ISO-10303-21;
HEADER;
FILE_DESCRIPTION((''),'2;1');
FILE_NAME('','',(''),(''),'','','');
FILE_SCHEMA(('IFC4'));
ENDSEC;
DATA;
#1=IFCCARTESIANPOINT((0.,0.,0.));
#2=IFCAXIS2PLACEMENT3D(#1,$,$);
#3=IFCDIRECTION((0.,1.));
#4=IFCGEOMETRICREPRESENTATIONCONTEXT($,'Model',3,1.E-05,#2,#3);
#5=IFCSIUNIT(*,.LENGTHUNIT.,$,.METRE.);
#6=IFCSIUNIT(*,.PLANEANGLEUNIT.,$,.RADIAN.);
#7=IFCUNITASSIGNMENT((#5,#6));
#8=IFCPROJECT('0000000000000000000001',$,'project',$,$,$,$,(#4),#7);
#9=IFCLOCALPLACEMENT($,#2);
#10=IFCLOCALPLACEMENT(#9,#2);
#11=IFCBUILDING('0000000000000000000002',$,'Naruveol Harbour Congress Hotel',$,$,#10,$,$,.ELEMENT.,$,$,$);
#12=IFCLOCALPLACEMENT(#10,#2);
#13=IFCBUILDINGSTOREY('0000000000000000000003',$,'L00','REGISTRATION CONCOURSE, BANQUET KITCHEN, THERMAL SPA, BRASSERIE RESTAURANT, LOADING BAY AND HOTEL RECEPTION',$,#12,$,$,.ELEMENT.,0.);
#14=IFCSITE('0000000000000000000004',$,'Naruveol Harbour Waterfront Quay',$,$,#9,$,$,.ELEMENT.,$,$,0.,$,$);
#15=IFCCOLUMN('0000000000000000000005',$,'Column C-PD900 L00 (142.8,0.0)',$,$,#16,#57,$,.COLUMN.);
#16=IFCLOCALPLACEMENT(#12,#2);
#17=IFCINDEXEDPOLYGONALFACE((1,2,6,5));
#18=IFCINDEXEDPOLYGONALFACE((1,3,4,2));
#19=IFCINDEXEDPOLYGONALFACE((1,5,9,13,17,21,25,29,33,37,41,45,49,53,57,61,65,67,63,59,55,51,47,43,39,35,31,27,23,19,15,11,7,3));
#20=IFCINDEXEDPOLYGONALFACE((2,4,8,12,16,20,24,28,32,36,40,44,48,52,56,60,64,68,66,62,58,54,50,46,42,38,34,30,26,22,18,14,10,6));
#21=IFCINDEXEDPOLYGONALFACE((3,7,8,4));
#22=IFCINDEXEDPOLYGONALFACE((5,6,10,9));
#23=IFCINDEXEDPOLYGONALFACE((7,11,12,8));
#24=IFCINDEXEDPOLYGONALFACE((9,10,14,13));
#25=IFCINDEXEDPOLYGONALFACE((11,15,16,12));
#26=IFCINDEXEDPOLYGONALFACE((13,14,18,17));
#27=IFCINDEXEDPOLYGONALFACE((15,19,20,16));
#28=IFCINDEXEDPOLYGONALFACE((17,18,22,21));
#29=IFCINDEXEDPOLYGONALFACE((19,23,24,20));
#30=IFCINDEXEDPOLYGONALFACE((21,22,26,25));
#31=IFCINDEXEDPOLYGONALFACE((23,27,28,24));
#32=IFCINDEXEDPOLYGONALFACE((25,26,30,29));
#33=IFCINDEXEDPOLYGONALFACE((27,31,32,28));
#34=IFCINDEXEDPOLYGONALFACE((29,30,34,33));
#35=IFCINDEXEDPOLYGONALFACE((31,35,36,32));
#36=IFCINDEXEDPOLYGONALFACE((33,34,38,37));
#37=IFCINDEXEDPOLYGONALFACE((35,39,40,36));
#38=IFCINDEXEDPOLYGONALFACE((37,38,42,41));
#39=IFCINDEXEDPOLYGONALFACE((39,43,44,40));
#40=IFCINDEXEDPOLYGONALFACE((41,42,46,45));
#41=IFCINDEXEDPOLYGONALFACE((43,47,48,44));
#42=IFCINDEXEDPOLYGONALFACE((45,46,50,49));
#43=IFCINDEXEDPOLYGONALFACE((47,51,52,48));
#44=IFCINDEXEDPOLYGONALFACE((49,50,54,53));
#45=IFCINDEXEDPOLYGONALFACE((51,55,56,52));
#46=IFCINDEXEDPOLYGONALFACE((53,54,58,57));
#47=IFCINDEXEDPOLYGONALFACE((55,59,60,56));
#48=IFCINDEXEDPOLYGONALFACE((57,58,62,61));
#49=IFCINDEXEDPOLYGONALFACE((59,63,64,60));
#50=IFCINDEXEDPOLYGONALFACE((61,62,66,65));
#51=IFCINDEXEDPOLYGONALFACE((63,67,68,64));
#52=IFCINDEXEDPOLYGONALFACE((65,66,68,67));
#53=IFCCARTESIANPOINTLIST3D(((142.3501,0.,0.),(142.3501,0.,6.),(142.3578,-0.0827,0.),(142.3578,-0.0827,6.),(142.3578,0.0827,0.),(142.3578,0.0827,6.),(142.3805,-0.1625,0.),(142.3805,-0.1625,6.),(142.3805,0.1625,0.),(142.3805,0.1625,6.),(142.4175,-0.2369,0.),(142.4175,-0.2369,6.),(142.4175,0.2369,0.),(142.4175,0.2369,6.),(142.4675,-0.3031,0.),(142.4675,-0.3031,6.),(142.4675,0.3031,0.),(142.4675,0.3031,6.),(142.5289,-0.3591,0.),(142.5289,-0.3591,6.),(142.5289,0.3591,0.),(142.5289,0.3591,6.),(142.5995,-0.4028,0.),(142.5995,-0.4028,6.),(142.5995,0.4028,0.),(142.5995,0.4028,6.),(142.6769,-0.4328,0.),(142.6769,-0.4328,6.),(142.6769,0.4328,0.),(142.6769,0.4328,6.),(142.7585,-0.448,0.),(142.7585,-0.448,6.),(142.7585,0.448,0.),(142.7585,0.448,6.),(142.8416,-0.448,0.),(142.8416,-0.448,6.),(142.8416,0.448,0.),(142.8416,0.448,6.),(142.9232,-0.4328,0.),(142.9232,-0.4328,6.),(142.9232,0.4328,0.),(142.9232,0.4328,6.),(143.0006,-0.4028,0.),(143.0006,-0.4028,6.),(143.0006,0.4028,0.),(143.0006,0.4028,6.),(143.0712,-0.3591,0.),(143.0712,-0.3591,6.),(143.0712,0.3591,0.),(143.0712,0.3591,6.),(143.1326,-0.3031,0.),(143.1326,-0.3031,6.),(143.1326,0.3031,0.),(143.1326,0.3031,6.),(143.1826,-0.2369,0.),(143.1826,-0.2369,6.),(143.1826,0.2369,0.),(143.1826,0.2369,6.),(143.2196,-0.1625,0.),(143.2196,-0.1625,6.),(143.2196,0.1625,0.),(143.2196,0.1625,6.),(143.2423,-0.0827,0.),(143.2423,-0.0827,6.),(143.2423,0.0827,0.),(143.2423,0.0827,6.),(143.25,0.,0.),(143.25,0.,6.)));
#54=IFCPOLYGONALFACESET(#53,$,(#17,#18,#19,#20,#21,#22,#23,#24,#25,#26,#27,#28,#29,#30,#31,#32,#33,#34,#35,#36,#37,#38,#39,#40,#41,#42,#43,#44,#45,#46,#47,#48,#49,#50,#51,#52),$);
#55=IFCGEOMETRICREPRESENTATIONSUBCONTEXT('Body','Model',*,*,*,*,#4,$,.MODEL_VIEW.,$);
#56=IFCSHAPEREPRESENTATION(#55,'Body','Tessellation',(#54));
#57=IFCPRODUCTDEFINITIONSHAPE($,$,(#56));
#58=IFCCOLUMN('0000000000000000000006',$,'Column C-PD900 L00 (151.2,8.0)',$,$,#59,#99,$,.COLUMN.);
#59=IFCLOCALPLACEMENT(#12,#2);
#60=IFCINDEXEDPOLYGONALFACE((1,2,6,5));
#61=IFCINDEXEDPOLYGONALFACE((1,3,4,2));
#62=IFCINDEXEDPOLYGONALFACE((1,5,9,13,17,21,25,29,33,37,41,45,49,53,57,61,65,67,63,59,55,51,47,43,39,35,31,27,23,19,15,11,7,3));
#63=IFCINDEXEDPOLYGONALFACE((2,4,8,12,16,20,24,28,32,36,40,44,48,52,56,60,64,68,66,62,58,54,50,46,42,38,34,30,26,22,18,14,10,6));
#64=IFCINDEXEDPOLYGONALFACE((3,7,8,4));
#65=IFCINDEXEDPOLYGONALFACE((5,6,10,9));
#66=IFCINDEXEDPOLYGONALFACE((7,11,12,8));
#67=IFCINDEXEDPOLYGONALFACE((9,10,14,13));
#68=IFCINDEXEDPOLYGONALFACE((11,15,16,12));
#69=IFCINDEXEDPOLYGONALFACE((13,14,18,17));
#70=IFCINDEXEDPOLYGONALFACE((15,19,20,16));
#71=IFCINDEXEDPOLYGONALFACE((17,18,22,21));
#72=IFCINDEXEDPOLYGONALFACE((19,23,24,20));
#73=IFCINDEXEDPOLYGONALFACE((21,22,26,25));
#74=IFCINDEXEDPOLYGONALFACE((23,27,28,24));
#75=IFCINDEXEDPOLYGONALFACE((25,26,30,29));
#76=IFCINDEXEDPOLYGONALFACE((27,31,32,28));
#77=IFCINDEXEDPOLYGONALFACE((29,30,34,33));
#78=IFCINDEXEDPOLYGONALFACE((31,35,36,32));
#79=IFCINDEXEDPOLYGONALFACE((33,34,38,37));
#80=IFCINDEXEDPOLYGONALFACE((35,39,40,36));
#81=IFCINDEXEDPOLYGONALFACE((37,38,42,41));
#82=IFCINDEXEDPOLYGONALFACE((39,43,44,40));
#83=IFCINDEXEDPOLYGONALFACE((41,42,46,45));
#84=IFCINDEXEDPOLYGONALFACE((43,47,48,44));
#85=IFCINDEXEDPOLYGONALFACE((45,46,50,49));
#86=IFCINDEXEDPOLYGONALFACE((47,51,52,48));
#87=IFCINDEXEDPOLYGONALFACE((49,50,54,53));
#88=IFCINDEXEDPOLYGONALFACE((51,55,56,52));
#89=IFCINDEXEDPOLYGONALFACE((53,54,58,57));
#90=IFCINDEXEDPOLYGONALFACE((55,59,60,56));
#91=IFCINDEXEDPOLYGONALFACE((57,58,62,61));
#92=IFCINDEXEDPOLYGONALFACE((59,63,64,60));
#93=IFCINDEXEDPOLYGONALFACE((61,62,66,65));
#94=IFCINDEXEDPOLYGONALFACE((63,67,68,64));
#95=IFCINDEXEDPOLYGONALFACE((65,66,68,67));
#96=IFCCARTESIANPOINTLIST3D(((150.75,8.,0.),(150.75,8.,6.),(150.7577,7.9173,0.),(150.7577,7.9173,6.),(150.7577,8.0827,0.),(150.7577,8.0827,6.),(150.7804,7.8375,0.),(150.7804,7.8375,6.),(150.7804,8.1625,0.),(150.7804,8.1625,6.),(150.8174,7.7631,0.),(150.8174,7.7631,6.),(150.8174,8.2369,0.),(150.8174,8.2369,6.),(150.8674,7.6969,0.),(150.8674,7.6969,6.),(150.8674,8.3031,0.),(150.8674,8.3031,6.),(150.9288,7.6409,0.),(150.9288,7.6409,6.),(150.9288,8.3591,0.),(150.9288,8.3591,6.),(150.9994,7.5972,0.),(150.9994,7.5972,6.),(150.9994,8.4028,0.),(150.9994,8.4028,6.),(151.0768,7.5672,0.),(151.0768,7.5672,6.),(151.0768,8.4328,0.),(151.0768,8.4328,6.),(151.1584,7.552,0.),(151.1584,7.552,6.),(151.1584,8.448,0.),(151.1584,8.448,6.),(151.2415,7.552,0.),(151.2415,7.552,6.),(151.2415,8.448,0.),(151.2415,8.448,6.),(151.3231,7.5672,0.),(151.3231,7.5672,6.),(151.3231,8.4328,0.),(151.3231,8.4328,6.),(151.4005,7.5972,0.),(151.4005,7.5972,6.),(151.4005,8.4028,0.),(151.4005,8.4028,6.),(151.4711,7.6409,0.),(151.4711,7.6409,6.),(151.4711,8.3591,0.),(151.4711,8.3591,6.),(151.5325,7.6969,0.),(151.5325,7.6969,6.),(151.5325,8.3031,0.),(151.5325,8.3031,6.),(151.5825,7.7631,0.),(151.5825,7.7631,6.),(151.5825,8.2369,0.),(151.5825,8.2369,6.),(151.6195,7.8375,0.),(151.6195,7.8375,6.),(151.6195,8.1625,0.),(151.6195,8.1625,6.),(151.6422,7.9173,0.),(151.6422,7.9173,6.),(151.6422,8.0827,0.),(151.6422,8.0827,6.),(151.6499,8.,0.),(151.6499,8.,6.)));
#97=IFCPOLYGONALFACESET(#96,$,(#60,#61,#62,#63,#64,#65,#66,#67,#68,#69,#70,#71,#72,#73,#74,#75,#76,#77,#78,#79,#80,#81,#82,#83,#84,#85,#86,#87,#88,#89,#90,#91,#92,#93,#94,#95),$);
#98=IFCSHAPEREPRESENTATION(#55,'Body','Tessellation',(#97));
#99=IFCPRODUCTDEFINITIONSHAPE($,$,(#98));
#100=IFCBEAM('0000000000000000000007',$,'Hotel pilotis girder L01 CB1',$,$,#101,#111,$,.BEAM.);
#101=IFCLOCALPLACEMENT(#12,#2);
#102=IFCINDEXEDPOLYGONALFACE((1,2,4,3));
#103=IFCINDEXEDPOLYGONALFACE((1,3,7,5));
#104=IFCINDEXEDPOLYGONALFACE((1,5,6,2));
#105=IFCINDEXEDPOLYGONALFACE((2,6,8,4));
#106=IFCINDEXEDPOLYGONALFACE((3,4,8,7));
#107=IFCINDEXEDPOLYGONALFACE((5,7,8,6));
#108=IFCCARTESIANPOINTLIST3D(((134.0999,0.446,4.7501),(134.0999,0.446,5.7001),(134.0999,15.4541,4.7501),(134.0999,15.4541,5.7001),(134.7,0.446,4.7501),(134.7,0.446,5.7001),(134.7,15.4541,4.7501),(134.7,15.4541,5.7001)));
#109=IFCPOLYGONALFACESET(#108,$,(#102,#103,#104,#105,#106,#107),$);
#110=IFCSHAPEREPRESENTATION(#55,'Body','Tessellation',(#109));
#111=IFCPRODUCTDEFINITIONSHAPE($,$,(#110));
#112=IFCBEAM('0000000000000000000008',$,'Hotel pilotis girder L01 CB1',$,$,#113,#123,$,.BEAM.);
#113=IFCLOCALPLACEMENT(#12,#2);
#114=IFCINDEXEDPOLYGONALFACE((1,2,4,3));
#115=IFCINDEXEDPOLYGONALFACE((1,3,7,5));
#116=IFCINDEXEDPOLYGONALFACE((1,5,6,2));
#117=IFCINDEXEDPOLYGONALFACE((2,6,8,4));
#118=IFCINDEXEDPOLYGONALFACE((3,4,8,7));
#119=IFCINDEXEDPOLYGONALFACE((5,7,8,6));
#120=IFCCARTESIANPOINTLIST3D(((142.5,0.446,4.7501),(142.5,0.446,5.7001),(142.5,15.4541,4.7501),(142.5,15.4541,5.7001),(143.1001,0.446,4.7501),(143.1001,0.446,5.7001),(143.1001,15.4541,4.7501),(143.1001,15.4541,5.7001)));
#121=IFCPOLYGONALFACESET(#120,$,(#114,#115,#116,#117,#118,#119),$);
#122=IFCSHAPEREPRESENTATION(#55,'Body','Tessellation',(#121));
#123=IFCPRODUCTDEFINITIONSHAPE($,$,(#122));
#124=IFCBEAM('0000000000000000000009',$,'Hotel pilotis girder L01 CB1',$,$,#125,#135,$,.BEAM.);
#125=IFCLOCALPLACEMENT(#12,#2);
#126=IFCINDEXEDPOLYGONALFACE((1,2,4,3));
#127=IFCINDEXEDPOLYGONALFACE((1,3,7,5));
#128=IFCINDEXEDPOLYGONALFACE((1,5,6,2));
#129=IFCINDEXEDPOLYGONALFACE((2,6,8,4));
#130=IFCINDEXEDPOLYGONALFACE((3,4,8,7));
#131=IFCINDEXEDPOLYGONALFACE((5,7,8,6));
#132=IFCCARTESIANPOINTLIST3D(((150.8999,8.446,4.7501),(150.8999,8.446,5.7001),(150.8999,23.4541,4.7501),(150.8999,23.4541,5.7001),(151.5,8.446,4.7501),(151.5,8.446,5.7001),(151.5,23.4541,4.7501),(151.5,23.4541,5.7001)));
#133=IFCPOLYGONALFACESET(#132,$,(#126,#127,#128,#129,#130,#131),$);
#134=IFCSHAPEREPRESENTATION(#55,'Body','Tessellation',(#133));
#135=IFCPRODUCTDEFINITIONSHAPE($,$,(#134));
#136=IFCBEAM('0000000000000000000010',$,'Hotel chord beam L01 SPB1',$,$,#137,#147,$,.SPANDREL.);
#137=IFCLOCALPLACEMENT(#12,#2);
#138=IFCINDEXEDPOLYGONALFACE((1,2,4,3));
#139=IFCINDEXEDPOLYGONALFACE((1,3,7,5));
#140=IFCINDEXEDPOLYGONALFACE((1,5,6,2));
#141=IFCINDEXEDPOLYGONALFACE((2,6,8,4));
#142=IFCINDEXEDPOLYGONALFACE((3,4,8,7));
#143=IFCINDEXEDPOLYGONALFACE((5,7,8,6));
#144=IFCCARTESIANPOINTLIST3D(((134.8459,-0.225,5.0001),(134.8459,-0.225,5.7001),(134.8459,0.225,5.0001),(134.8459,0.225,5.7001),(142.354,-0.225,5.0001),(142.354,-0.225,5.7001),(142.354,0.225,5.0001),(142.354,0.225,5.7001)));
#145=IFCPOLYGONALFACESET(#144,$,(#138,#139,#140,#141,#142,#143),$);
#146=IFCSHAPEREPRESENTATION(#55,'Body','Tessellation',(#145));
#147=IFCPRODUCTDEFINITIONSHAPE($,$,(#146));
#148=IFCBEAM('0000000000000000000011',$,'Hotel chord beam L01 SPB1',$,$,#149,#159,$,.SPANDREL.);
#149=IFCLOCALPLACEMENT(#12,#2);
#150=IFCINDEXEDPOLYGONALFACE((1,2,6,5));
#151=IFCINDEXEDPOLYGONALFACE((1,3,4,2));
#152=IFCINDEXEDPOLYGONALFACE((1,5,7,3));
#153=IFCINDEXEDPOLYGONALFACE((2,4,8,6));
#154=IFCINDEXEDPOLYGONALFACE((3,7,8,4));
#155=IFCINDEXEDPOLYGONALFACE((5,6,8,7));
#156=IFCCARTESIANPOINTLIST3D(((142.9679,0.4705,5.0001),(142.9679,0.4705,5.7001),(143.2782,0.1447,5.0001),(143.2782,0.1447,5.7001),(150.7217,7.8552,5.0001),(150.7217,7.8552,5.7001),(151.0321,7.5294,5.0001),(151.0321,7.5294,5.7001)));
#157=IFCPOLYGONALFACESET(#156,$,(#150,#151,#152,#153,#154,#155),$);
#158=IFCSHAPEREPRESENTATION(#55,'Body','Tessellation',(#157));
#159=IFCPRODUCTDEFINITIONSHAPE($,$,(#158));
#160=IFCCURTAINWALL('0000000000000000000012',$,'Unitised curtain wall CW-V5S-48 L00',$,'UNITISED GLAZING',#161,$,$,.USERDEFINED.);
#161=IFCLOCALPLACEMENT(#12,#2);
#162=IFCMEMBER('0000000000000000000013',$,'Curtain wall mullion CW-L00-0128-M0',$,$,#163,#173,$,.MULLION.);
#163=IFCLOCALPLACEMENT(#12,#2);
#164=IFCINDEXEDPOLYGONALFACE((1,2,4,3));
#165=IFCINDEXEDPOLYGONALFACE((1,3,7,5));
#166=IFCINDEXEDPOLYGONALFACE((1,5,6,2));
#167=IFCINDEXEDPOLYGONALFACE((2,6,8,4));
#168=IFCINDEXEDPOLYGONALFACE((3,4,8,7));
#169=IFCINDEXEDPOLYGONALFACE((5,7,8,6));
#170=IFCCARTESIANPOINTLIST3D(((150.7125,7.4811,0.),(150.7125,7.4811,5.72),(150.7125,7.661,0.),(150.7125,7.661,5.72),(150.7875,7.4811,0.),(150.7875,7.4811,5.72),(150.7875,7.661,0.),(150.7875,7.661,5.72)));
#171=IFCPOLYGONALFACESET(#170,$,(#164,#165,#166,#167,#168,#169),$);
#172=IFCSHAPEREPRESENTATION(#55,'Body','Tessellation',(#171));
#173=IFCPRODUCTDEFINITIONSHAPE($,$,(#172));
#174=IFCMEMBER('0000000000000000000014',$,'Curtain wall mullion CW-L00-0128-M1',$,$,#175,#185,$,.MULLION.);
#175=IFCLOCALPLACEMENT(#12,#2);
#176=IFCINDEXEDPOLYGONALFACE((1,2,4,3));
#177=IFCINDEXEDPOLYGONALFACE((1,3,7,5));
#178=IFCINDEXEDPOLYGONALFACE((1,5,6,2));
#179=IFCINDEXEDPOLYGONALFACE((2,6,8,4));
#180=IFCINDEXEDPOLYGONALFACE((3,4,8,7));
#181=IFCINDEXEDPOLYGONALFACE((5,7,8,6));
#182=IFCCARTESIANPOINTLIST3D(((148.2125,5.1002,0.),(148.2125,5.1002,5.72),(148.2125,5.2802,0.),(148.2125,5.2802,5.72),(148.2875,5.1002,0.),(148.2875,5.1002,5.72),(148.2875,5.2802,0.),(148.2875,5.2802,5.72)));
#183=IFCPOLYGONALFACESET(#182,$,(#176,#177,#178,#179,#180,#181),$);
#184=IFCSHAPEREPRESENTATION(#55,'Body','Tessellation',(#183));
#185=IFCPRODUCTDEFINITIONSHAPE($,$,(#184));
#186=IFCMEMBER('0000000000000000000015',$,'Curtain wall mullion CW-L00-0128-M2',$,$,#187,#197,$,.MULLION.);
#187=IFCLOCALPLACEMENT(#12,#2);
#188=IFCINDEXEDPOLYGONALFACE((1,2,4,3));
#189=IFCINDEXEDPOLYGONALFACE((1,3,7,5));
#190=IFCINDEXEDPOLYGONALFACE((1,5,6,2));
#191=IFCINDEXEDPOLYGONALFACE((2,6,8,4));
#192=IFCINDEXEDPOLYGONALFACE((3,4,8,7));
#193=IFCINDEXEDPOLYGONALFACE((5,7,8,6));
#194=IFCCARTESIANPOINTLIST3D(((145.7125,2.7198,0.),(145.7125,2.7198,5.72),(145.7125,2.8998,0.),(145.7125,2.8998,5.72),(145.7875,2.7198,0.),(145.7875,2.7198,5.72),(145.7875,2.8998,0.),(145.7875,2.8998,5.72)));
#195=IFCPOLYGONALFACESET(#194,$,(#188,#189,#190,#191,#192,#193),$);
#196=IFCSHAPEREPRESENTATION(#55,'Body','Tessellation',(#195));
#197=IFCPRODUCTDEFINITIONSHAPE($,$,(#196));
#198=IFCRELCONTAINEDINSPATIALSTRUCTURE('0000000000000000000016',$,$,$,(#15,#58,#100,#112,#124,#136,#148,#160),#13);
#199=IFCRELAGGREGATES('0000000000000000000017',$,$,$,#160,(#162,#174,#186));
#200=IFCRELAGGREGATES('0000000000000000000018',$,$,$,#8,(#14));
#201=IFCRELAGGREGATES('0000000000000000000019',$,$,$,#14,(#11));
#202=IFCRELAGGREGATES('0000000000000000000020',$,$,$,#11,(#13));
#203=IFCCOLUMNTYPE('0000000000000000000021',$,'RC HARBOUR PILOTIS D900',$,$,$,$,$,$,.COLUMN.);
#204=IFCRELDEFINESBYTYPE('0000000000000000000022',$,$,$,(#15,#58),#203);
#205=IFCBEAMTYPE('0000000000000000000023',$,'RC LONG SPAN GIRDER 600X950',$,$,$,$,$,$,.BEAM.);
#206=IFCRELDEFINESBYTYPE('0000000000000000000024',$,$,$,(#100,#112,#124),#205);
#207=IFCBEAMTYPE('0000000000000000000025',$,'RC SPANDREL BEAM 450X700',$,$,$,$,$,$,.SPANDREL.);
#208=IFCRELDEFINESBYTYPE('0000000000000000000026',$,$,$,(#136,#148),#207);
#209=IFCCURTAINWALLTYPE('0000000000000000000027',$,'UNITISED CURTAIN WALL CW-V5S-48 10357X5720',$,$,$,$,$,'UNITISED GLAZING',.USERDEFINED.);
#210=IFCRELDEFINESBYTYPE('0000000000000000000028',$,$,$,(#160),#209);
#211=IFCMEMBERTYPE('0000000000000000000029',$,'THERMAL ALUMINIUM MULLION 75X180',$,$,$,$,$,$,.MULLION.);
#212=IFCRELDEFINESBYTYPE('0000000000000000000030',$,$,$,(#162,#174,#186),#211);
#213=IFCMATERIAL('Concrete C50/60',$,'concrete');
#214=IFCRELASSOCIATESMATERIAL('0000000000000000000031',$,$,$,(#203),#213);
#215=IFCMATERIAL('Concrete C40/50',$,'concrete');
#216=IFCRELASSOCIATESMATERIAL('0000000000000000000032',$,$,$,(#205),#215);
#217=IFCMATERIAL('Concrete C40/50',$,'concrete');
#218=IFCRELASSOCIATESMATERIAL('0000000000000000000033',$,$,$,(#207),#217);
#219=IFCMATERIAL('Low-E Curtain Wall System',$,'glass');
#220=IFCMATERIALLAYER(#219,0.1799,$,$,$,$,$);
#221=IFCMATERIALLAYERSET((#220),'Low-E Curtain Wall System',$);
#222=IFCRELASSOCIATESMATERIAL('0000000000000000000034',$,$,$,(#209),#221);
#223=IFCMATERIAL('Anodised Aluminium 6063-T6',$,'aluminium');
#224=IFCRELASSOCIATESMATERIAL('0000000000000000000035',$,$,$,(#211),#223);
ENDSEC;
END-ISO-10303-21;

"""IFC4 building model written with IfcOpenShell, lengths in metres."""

from ifc_helpers import new_model, si_unit, direction, frame, origin, origin_2d, place, context, subcontext, project, spatial, rectangle, circle, extrude, material, layer, layer_set, material_profile, profile_set, type_object, element, aggregate, save


model = new_model("IFC4")

# Units and contexts
model_context = context("Model", 3, precision=1e-05, world=origin(), true_north=direction((0.0, 1.0)))
body_context = subcontext(model_context, "Body", "Model", "MODEL_VIEW")
ifc_project = project(units=[si_unit("LENGTHUNIT", "METRE"), si_unit("PLANEANGLEUNIT", "RADIAN")], contexts=[model_context])

# Site, building, storey
site_placement = place(None, origin())
site = spatial("IfcSite", under=ifc_project, at=site_placement, Name="Naruveol Harbour Waterfront Quay", CompositionType="ELEMENT", RefElevation=0.0)
building_placement = place(site_placement, origin())
building = spatial("IfcBuilding", under=site, at=building_placement, Name="Naruveol Harbour Congress Hotel", CompositionType="ELEMENT")
storey_placement = place(building_placement, origin())
storey = spatial("IfcBuildingStorey", under=building, at=storey_placement, Name="L00", Description="REGISTRATION CONCOURSE, BANQUET KITCHEN, THERMAL SPA, BRASSERIE RESTAURANT, LOADING BAY AND HOTEL RECEPTION", CompositionType="ELEMENT", Elevation=0.0)

# Columns
ifc_material_1 = material(Name="Concrete C50/60", Category="concrete")
ifc_material_profile_1 = material_profile(ifc_material_1, circle(Radius=0.45, at=origin_2d()), Name="RC-D900")
ifc_profile_set_1 = profile_set([ifc_material_profile_1], Name="Concrete C50/60")
column_type = type_object("IfcColumnType", Name="RC HARBOUR PILOTIS D900", PredefinedType="COLUMN", material=ifc_profile_set_1)
for number, where, z_axis, x_axis, name in (
    (1, (142.8, 0.0, 0.0), (0.0, 0.0, 1.0), (1.0, 0.0, 0.0), "Column C-PD900 L00 (142.8,0.0)"),
    (2, (151.2, 8.0, 0.0), (0.0, 0.0, 1.0), (1.0, 0.0, 0.0), "Column C-PD900 L00 (151.2,8.0)"),
):
    element("IfcColumn", number, at=place(storey_placement, frame(where, z_axis=z_axis, x_axis=x_axis)), inside=storey, type_object=column_type, Name=name, PredefinedType="COLUMN", context=body_context, shape_type="SweptSolid", body=[
        extrude(circle(Radius=0.45, at=origin_2d()), origin(), (0.0, 0.0, 1.0), 6.0),
    ])

# Beams
ifc_material_2 = material(Name="Concrete C40/50", Category="concrete")
ifc_material_profile_2 = material_profile(ifc_material_2, rectangle(XDim=0.6001, YDim=0.95, at=origin_2d()), Name="RCB-600x950")
ifc_profile_set_2 = profile_set([ifc_material_profile_2], Name="Concrete C40/50")
beam_type_1 = type_object("IfcBeamType", Name="RC LONG SPAN GIRDER 600X950", PredefinedType="BEAM", material=ifc_profile_set_2)
for number, where, z_axis, x_axis, name in (
    (3, (134.3999, 0.446, 5.2251), (0.0, 1.0, 0.0), (-1.0, 0.0, 0.0), "Hotel pilotis girder L01 CB1"),
    (4, (142.8, 0.446, 5.2251), (0.0, 1.0, 0.0), (-1.0, 0.0, 0.0), "Hotel pilotis girder L01 CB1"),
    (5, (151.2, 8.446, 5.2251), (0.0, 1.0, 0.0), (-1.0, 0.0, 0.0), "Hotel pilotis girder L01 CB1"),
):
    element("IfcBeam", number, at=place(storey_placement, frame(where, z_axis=z_axis, x_axis=x_axis)), inside=storey, type_object=beam_type_1, Name=name, PredefinedType="BEAM", context=body_context, shape_type="SweptSolid", body=[
        extrude(rectangle(XDim=0.6001, YDim=0.95, at=origin_2d()), origin(), (0.0, 0.0, 1.0), 15.0081),
    ])
ifc_material_3 = material(Name="Concrete C40/50", Category="concrete")
ifc_material_profile_3 = material_profile(ifc_material_3, rectangle(XDim=0.45, YDim=0.7, at=origin_2d()), Name="RCB-450x700")
ifc_profile_set_3 = profile_set([ifc_material_profile_3], Name="Concrete C40/50")
beam_type_2 = type_object("IfcBeamType", Name="RC SPANDREL BEAM 450X700", PredefinedType="SPANDREL", material=ifc_profile_set_3)
beam_1_placement = place(storey_placement, frame((134.8459, 0.0, 5.3501), z_axis=(1.0, 0.0, 0.0), x_axis=(0.0, 1.0, 0.0)))
element("IfcBeam", 6, at=beam_1_placement, inside=storey, type_object=beam_type_2, Name="Hotel chord beam L01 SPB1", PredefinedType="SPANDREL", context=body_context, shape_type="SweptSolid", body=[
    extrude(rectangle(XDim=0.45, YDim=0.7, at=origin_2d()), origin(), (0.0, 0.0, 1.0), 7.5081),
])
beam_2_placement = place(storey_placement, frame((143.123, 0.3076, 5.3501), z_axis=(0.724134, 0.68966, 0.0), x_axis=(-0.68966, 0.724134, 0.0)))
element("IfcBeam", 7, at=beam_2_placement, inside=storey, type_object=beam_type_2, Name="Hotel chord beam L01 SPB1", PredefinedType="SPANDREL", context=body_context, shape_type="SweptSolid", body=[
    extrude(rectangle(XDim=0.45, YDim=0.7, at=origin_2d()), origin(), (0.0, 0.0, 1.0), 10.7078),
])

# Curtain wall, members
ifc_material_4 = material(Name="Low-E Curtain Wall System", Category="glass")
ifc_layer_1 = layer(ifc_material_4, 0.1799)
ifc_layer_set_1 = layer_set([ifc_layer_1], Name="Low-E Curtain Wall System")
curtain_wall_type = type_object("IfcCurtainWallType", Name="UNITISED CURTAIN WALL CW-V5S-48 10357X5720", ElementType="UNITISED GLAZING", PredefinedType="USERDEFINED", material=ifc_layer_set_1)
curtain_wall_placement = place(storey_placement, origin())
curtain_wall = element("IfcCurtainWall", 8, at=curtain_wall_placement, inside=storey, type_object=curtain_wall_type, Name="Unitised curtain wall CW-V5S-48 L00", ObjectType="UNITISED GLAZING", PredefinedType="USERDEFINED")
ifc_material_5 = material(Name="Anodised Aluminium 6063-T6", Category="aluminium")
ifc_material_profile_4 = material_profile(ifc_material_5, rectangle(XDim=0.075, YDim=0.1799, at=origin_2d()), Name="ALU-75x180")
ifc_profile_set_4 = profile_set([ifc_material_profile_4], Name="Anodised Aluminium 6063-T6")
member_type_1 = type_object("IfcMemberType", Name="THERMAL ALUMINIUM MULLION 75X180", PredefinedType="MULLION", material=ifc_profile_set_4)
member_1_placement = place(storey_placement, frame((150.75, 7.571, 0.0), z_axis=(0.0, 0.0, 1.0), x_axis=(1.0, 0.0, 0.0)))
member_1 = element("IfcMember", 9, at=member_1_placement, type_object=member_type_1, Name="Curtain wall mullion CW-L00-0128-M0", PredefinedType="MULLION", context=body_context, shape_type="SweptSolid", body=[
    extrude(rectangle(XDim=0.075, YDim=0.1799, at=origin_2d()), origin(), (0.0, 0.0, 1.0), 5.72),
])
member_2_placement = place(storey_placement, frame((148.25, 5.1902, 0.0), z_axis=(0.0, 0.0, 1.0), x_axis=(1.0, 0.0, 0.0)))
member_2 = element("IfcMember", 10, at=member_2_placement, type_object=member_type_1, Name="Curtain wall mullion CW-L00-0128-M1", PredefinedType="MULLION", context=body_context, shape_type="SweptSolid", body=[
    extrude(rectangle(XDim=0.075, YDim=0.1799, at=origin_2d()), origin(), (0.0, 0.0, 1.0), 5.72),
])
member_3_placement = place(storey_placement, frame((145.75, 2.8098, 0.0), z_axis=(0.0, 0.0, 1.0), x_axis=(1.0, 0.0, 0.0)))
member_3 = element("IfcMember", 11, at=member_3_placement, type_object=member_type_1, Name="Curtain wall mullion CW-L00-0128-M2", PredefinedType="MULLION", context=body_context, shape_type="SweptSolid", body=[
    extrude(rectangle(XDim=0.075, YDim=0.1799, at=origin_2d()), origin(), (0.0, 0.0, 1.0), 5.72),
])
aggregate(curtain_wall, [member_1, member_2, member_3])

save(model, "model.ifc")
